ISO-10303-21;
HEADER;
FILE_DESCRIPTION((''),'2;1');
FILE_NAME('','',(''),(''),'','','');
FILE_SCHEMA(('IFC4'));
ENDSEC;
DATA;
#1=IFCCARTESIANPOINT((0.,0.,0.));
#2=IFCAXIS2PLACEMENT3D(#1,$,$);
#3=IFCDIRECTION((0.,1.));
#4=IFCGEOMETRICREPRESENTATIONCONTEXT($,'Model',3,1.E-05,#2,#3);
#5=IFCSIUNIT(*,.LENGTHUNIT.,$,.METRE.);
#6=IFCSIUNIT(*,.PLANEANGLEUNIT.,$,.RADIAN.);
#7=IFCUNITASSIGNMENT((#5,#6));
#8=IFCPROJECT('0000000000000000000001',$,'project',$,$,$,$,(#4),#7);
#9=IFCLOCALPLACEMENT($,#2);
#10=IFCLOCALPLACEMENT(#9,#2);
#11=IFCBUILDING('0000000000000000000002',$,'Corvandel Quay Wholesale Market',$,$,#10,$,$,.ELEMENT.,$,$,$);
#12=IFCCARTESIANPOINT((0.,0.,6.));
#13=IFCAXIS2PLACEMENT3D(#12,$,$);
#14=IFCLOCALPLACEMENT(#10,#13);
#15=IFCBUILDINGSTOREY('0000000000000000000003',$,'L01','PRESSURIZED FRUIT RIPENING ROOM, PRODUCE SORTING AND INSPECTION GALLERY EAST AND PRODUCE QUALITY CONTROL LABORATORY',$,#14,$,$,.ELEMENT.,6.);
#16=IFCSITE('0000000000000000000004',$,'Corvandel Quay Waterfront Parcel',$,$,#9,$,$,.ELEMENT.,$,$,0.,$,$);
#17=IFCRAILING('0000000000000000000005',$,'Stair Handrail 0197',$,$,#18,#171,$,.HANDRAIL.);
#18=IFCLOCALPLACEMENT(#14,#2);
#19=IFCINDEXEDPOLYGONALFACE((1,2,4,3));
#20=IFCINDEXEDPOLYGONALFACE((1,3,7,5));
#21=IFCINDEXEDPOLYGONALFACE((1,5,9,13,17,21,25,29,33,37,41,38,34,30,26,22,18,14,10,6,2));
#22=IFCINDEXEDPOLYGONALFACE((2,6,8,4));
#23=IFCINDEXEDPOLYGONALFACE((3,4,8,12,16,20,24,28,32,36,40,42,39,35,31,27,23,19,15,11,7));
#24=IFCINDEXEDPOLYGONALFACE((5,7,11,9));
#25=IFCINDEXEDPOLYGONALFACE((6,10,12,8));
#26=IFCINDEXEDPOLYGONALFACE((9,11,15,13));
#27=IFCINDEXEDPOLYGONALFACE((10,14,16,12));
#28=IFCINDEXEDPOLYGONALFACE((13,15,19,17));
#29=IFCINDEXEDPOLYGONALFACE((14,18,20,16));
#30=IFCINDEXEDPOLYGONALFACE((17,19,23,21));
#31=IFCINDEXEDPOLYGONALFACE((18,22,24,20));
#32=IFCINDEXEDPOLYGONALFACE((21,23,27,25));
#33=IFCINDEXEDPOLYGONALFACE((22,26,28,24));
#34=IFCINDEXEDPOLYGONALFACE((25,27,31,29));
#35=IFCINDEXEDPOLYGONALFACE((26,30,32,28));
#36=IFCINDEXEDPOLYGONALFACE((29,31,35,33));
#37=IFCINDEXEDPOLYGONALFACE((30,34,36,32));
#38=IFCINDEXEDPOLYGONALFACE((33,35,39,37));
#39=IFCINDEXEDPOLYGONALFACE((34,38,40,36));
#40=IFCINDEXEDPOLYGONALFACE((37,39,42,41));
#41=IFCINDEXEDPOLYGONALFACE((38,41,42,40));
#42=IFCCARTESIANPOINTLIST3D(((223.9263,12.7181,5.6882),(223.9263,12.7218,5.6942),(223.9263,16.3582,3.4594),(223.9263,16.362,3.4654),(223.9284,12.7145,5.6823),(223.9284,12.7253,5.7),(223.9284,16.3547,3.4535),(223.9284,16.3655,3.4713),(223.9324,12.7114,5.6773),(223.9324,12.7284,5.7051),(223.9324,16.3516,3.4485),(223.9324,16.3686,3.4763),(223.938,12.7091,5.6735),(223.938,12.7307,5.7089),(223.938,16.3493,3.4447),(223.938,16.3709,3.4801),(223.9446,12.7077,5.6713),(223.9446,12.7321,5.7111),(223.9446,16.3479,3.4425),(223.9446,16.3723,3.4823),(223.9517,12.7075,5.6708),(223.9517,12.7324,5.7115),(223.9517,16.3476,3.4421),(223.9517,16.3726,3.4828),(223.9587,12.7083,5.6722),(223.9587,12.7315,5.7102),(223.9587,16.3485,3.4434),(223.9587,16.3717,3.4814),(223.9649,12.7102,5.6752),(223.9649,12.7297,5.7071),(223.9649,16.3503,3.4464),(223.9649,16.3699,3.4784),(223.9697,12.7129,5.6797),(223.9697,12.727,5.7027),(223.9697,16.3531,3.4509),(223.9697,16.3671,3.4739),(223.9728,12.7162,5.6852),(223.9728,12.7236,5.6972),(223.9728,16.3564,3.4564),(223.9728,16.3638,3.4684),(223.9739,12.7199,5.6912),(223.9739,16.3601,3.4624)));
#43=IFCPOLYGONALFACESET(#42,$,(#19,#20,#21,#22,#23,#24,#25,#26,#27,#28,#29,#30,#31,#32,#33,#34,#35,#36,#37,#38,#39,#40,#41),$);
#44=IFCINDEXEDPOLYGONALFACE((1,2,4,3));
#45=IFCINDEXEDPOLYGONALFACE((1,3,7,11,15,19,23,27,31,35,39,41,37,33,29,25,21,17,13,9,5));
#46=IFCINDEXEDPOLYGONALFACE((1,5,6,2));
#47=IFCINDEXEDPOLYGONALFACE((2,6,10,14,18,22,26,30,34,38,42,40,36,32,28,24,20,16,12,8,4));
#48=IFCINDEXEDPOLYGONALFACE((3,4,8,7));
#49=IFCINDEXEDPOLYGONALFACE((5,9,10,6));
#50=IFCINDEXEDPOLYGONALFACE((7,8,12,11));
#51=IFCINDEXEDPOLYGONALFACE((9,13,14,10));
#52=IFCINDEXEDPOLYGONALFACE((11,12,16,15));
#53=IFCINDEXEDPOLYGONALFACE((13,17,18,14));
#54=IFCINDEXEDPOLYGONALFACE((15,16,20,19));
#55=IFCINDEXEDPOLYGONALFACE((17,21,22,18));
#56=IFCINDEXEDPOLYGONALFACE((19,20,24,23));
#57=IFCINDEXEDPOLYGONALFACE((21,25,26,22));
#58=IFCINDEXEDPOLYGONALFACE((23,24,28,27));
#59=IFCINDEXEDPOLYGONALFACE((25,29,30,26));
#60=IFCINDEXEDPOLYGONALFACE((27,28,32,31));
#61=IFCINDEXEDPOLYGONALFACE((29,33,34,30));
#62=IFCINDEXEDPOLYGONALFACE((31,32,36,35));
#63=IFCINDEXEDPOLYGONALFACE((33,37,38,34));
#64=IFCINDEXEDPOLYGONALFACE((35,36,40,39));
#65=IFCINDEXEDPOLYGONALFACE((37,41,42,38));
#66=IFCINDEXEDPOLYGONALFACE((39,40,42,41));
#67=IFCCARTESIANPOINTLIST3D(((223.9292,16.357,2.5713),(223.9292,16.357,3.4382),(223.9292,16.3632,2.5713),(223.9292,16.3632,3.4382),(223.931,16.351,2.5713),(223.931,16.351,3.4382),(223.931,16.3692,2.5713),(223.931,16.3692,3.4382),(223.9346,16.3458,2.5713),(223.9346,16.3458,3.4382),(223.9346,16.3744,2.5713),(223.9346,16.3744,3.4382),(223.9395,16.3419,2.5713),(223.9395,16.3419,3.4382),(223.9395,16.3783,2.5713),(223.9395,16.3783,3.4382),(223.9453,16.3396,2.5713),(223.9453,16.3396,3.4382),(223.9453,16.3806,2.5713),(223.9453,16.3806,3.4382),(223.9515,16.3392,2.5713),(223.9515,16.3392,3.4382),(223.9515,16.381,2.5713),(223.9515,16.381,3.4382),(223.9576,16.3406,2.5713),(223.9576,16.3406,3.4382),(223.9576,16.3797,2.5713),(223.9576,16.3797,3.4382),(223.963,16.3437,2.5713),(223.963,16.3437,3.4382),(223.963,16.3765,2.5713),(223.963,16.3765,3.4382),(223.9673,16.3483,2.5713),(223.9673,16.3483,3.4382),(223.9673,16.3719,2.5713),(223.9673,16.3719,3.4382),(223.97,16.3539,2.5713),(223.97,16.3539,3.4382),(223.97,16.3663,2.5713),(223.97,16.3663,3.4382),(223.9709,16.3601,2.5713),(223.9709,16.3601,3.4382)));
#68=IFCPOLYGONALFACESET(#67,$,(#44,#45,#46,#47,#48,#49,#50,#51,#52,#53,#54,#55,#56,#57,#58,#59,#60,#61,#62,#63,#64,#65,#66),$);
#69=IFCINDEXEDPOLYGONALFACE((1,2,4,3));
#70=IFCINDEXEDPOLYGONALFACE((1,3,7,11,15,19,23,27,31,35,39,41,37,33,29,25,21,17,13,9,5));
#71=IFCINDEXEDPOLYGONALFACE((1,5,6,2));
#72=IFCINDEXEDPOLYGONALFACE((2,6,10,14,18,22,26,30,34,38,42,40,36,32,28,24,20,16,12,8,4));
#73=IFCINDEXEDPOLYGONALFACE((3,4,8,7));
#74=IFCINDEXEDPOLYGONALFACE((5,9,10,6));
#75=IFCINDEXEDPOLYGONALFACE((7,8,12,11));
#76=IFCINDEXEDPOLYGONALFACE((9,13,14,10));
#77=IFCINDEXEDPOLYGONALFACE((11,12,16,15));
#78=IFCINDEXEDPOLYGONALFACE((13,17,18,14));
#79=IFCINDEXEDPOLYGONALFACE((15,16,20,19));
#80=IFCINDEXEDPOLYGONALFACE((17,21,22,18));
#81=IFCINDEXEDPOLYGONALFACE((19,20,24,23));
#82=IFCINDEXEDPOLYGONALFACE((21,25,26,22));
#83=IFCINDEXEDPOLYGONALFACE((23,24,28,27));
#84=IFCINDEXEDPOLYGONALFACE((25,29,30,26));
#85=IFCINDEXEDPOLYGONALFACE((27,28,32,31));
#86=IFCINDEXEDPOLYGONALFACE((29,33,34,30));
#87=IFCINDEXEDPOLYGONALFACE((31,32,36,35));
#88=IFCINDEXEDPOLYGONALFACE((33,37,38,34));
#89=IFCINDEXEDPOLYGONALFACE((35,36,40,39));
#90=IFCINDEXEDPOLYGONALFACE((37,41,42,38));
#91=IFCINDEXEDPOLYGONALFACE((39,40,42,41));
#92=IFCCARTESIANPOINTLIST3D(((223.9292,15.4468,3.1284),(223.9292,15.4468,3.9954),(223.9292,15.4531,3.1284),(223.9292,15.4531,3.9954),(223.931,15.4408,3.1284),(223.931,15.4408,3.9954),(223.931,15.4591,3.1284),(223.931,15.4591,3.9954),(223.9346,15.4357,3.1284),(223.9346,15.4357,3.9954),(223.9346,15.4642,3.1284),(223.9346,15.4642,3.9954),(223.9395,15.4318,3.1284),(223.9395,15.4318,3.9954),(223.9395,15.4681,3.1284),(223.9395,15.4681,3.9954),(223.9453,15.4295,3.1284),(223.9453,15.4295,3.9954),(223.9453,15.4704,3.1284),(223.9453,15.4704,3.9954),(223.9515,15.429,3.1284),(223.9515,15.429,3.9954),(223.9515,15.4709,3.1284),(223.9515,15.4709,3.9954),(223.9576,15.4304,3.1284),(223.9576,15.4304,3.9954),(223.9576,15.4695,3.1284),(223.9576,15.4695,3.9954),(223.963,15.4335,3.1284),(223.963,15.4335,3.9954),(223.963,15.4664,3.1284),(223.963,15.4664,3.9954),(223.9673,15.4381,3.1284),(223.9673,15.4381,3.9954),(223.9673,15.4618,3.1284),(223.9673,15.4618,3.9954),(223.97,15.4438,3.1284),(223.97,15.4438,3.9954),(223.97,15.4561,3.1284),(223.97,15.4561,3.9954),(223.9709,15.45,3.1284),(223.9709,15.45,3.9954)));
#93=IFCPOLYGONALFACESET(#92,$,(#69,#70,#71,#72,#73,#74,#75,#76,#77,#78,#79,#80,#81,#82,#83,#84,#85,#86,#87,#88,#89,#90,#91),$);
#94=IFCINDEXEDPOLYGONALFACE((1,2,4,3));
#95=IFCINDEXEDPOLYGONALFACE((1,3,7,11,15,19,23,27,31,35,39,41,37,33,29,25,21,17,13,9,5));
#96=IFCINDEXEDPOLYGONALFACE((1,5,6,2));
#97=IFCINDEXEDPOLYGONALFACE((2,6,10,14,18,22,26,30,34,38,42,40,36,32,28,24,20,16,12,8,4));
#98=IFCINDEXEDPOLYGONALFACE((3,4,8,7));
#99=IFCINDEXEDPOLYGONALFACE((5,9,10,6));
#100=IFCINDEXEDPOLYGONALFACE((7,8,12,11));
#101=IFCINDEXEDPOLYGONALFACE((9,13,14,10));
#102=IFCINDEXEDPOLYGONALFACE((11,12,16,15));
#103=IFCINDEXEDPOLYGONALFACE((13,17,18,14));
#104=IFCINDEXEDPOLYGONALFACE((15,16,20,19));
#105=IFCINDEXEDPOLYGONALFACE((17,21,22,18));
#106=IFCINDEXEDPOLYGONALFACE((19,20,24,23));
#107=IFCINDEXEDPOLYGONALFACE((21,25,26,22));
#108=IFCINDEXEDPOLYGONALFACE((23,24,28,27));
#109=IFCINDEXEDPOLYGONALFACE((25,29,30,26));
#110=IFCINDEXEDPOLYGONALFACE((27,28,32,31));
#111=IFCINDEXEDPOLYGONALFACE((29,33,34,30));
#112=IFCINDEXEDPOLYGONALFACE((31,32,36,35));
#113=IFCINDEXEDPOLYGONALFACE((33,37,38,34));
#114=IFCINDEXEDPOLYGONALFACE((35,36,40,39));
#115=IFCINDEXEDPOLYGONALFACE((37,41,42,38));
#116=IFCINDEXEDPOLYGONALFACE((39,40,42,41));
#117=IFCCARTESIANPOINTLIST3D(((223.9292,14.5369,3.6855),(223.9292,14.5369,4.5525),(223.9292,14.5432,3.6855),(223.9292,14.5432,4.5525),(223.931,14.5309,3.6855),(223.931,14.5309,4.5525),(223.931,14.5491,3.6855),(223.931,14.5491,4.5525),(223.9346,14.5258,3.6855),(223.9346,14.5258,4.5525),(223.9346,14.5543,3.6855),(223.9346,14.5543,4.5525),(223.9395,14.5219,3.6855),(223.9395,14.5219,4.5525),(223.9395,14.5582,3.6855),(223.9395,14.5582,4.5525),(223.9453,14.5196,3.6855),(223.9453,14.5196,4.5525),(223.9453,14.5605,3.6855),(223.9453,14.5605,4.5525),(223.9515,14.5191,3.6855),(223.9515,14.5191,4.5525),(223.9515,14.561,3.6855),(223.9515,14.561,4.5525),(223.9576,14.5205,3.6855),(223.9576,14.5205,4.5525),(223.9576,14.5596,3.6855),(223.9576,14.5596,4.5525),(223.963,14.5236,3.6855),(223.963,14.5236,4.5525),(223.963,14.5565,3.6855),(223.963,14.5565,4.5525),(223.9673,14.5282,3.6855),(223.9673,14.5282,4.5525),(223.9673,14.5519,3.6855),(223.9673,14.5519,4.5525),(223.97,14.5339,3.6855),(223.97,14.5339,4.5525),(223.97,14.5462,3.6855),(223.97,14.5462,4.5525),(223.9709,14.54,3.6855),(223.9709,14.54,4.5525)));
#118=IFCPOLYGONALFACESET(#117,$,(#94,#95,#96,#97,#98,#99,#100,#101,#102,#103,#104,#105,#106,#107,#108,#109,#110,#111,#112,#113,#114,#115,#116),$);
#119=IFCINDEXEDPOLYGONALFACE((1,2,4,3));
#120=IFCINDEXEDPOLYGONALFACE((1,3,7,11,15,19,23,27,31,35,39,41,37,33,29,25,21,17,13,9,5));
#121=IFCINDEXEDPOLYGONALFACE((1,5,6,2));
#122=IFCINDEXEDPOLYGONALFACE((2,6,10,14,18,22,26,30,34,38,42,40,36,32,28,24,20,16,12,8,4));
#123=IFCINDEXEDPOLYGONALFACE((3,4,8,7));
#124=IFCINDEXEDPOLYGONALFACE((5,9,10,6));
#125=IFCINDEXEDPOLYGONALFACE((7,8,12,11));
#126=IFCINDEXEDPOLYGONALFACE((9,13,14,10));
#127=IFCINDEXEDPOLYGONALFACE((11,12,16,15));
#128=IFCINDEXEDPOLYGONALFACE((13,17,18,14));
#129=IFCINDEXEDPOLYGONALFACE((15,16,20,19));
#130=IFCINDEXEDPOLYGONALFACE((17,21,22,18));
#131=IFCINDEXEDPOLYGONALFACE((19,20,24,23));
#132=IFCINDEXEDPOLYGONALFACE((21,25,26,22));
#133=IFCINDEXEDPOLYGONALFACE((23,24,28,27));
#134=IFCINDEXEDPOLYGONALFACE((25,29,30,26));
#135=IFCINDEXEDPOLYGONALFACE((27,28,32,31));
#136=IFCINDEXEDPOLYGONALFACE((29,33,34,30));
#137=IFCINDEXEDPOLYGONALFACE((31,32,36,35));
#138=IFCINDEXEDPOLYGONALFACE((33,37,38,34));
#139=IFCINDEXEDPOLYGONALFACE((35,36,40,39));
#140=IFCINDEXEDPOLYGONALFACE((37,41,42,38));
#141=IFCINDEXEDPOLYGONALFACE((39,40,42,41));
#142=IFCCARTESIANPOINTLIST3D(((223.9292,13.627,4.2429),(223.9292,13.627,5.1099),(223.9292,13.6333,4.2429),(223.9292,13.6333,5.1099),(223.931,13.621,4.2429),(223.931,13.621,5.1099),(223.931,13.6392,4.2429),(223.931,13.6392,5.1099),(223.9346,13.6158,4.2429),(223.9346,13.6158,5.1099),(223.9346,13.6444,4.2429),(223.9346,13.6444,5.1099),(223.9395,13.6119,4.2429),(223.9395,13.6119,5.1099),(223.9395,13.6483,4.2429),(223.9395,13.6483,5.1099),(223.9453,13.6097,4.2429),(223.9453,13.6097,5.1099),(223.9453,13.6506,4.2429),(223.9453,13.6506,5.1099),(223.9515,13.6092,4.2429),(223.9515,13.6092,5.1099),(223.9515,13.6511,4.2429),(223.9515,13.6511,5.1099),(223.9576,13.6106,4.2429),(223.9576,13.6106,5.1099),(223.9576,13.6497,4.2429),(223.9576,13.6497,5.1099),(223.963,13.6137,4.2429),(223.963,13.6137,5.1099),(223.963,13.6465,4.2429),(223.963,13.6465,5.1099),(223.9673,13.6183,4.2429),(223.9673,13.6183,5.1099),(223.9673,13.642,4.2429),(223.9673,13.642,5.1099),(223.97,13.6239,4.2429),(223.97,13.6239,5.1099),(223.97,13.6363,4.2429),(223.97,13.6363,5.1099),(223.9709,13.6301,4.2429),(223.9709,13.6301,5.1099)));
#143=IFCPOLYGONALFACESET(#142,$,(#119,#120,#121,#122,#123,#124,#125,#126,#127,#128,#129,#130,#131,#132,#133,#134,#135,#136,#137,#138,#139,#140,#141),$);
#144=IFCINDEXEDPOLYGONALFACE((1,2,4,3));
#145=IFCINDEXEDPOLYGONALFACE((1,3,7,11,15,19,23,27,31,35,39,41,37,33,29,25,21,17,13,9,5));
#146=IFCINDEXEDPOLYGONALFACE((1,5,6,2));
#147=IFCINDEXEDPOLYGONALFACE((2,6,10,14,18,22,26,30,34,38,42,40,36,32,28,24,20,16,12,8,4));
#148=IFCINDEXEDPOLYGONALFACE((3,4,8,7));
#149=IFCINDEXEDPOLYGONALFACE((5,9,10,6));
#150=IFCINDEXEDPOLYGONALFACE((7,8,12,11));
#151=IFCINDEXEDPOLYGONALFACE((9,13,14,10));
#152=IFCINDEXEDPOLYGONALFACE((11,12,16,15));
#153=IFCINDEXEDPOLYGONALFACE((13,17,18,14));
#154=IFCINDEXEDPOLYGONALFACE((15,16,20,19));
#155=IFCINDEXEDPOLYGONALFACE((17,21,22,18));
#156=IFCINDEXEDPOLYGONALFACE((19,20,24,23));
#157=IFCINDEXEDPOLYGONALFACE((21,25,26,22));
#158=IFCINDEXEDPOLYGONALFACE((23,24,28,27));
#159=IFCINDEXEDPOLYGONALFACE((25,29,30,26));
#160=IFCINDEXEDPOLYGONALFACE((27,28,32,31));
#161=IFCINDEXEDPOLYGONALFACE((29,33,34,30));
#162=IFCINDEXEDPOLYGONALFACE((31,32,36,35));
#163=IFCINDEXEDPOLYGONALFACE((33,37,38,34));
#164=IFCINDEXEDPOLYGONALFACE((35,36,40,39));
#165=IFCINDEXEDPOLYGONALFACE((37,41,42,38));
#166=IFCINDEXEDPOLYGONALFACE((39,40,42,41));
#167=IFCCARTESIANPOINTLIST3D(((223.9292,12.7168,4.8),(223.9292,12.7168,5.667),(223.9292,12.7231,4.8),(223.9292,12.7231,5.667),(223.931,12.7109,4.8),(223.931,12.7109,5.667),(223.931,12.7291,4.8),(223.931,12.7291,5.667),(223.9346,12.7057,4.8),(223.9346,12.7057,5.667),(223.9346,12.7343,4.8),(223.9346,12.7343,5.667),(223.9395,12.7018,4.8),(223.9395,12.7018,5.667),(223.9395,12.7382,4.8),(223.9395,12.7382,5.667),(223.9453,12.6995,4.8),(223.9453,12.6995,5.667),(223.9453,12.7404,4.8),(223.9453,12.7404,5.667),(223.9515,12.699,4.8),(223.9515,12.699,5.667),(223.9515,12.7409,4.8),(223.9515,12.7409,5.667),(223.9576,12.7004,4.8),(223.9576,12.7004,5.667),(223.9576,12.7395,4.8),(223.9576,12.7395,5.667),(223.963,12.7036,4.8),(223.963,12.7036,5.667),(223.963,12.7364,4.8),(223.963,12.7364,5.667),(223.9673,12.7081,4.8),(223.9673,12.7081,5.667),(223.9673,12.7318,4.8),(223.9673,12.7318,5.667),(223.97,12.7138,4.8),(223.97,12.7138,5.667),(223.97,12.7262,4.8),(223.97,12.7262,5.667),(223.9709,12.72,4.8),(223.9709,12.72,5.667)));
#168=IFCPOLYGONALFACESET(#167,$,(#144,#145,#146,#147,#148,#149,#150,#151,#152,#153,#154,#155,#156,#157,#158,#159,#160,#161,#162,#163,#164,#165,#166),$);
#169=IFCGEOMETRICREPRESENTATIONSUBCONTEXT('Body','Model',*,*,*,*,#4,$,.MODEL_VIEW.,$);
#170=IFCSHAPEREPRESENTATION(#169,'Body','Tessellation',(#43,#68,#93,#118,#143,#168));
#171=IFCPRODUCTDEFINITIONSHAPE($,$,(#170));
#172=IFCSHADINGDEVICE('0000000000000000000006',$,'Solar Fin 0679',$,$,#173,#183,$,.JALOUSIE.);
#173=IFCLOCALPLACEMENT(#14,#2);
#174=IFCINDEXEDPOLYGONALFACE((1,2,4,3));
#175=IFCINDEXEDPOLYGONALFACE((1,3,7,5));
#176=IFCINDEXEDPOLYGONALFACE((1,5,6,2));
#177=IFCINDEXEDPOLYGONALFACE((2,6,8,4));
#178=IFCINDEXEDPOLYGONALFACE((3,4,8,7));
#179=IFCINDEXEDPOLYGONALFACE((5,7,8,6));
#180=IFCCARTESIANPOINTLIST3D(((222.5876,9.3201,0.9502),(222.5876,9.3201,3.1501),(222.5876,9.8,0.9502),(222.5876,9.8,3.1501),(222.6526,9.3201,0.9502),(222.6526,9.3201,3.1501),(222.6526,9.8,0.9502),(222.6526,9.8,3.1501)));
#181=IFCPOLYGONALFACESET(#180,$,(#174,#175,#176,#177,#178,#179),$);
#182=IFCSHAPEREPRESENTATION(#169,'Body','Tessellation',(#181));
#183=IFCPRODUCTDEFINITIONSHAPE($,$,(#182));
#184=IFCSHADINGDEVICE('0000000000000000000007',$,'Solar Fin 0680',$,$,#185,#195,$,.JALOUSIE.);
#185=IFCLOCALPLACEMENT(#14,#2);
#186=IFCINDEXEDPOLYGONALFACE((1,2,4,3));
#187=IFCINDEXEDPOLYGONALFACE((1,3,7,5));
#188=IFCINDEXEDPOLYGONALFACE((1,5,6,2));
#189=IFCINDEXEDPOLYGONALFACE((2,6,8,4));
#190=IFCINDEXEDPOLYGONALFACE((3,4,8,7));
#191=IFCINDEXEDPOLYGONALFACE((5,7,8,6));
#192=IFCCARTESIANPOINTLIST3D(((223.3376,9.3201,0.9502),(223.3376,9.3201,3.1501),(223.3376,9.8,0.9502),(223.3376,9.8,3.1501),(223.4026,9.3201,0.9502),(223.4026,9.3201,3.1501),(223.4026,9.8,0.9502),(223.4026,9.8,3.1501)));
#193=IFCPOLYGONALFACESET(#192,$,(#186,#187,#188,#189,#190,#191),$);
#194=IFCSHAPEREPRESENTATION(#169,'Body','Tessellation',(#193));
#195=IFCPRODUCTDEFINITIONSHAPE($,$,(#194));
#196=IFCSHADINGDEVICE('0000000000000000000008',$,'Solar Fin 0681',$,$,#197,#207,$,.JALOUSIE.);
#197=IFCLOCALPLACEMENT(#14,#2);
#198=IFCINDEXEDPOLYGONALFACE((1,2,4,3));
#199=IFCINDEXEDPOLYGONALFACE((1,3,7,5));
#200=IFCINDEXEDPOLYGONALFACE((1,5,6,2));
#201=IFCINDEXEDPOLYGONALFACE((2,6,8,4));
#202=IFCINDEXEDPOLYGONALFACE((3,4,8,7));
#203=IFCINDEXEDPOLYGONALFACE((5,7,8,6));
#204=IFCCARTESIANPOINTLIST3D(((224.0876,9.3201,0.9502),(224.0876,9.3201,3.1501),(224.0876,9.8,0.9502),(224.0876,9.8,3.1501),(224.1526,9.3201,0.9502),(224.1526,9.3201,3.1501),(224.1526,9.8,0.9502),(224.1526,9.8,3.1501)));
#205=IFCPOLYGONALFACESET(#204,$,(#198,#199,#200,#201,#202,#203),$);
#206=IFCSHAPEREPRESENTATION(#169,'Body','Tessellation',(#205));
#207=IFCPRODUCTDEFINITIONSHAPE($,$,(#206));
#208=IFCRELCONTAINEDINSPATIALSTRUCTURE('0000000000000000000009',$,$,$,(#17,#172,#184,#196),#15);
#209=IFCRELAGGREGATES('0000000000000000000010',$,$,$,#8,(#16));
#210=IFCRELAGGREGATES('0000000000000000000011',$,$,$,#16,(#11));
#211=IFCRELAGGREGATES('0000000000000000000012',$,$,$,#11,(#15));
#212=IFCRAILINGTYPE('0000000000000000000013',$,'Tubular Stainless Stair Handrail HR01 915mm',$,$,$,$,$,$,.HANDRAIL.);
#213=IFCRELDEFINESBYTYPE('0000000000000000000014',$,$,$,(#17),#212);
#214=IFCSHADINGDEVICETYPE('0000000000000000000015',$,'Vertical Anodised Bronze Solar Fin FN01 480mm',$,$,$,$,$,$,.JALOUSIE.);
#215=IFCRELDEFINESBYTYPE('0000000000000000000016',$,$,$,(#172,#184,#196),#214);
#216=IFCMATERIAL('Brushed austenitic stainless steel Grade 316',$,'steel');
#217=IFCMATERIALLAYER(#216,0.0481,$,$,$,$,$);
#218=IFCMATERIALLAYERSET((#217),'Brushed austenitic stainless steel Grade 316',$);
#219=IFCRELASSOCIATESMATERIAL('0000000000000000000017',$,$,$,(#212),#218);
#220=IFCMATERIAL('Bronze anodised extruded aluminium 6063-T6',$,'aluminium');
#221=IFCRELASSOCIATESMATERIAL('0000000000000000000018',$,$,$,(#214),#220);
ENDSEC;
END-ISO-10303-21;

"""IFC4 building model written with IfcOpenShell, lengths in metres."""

from ifc_helpers import new_model, si_unit, direction, frame, origin, origin_2d, place, context, subcontext, project, spatial, rectangle, circle, extrude, material, layer, layer_set, type_object, element, save


model = new_model("IFC4")

# Units and contexts
model_context = context("Model", 3, precision=1e-05, world=origin(), true_north=direction((0.0, 1.0)))
body_context = subcontext(model_context, "Body", "Model", "MODEL_VIEW")
ifc_project = project(units=[si_unit("LENGTHUNIT", "METRE"), si_unit("PLANEANGLEUNIT", "RADIAN")], contexts=[model_context])

# Site, building, storey
site_placement = place(None, origin())
site = spatial("IfcSite", under=ifc_project, at=site_placement, Name="Corvandel Quay Waterfront Parcel", CompositionType="ELEMENT", RefElevation=0.0)
building_placement = place(site_placement, origin())
building = spatial("IfcBuilding", under=site, at=building_placement, Name="Corvandel Quay Wholesale Market", CompositionType="ELEMENT")
storey_placement = place(building_placement, frame((0.0, 0.0, 6.0)))
storey = spatial("IfcBuildingStorey", under=building, at=storey_placement, Name="L01", Description="PRESSURIZED FRUIT RIPENING ROOM, PRODUCE SORTING AND INSPECTION GALLERY EAST AND PRODUCE QUALITY CONTROL LABORATORY", CompositionType="ELEMENT", Elevation=6.0)

# Railing
ifc_material_1 = material(Name="Brushed austenitic stainless steel Grade 316", Category="steel")
ifc_layer_1 = layer(ifc_material_1, 0.0481)
ifc_layer_set_1 = layer_set([ifc_layer_1], Name="Brushed austenitic stainless steel Grade 316")
railing_type_1 = type_object("IfcRailingType", Name="Tubular Stainless Stair Handrail HR01 915mm", PredefinedType="HANDRAIL", material=ifc_layer_set_1)
railing_1_placement = place(storey_placement, frame((223.95, 16.3601, 2.5713)))
element("IfcRailing", 1, at=railing_1_placement, inside=storey, type_object=railing_type_1, Name="Stair Handrail 0197", PredefinedType="HANDRAIL", context=body_context, shape_type="SweptSolid", body=[
    extrude(circle(Radius=0.0239, at=origin_2d()), frame((0.0, 0.0, 0.8911), z_axis=(0.0, -0.85284, 0.522172), x_axis=(1.0, 0.0, 0.0)), (0.0, 0.0, 1.0), 4.2683),
    extrude(circle(Radius=0.021, at=origin_2d()), origin(), (0.0, 0.0, 1.0), 0.8669),
    extrude(circle(Radius=0.021, at=origin_2d()), frame((0.0, -0.9102, 0.5571)), (0.0, 0.0, 1.0), 0.8669),
    extrude(circle(Radius=0.021, at=origin_2d()), frame((0.0, -1.8201, 1.1143)), (0.0, 0.0, 1.0), 0.8669),
    extrude(circle(Radius=0.021, at=origin_2d()), frame((0.0, -2.73, 1.6716)), (0.0, 0.0, 1.0), 0.8669),
    extrude(circle(Radius=0.021, at=origin_2d()), frame((0.0, -3.6401, 2.2288)), (0.0, 0.0, 1.0), 0.8669),
])

# Shading devices
ifc_material_2 = material(Name="Bronze anodised extruded aluminium 6063-T6", Category="aluminium")
shading_device_type = type_object("IfcShadingDeviceType", Name="Vertical Anodised Bronze Solar Fin FN01 480mm", PredefinedType="JALOUSIE", material=ifc_material_2)
for number, where, z_axis, x_axis, name in (
    (2, (222.6201, 9.5601, 0.9502), (0.0, 0.0, 1.0), (0.0, 1.0, 0.0), "Solar Fin 0679"),
    (3, (223.3701, 9.5601, 0.9502), (0.0, 0.0, 1.0), (0.0, 1.0, 0.0), "Solar Fin 0680"),
    (4, (224.1201, 9.5601, 0.9502), (0.0, 0.0, 1.0), (0.0, 1.0, 0.0), "Solar Fin 0681"),
):
    element("IfcShadingDevice", number, at=place(storey_placement, frame(where, z_axis=z_axis, x_axis=x_axis)), inside=storey, type_object=shading_device_type, Name=name, PredefinedType="JALOUSIE", context=body_context, shape_type="SweptSolid", body=[
        extrude(rectangle(XDim=0.48, YDim=0.0649, at=origin_2d()), origin(), (0.0, 0.0, 1.0), 2.2),
    ])

save(model, "model.ifc")
